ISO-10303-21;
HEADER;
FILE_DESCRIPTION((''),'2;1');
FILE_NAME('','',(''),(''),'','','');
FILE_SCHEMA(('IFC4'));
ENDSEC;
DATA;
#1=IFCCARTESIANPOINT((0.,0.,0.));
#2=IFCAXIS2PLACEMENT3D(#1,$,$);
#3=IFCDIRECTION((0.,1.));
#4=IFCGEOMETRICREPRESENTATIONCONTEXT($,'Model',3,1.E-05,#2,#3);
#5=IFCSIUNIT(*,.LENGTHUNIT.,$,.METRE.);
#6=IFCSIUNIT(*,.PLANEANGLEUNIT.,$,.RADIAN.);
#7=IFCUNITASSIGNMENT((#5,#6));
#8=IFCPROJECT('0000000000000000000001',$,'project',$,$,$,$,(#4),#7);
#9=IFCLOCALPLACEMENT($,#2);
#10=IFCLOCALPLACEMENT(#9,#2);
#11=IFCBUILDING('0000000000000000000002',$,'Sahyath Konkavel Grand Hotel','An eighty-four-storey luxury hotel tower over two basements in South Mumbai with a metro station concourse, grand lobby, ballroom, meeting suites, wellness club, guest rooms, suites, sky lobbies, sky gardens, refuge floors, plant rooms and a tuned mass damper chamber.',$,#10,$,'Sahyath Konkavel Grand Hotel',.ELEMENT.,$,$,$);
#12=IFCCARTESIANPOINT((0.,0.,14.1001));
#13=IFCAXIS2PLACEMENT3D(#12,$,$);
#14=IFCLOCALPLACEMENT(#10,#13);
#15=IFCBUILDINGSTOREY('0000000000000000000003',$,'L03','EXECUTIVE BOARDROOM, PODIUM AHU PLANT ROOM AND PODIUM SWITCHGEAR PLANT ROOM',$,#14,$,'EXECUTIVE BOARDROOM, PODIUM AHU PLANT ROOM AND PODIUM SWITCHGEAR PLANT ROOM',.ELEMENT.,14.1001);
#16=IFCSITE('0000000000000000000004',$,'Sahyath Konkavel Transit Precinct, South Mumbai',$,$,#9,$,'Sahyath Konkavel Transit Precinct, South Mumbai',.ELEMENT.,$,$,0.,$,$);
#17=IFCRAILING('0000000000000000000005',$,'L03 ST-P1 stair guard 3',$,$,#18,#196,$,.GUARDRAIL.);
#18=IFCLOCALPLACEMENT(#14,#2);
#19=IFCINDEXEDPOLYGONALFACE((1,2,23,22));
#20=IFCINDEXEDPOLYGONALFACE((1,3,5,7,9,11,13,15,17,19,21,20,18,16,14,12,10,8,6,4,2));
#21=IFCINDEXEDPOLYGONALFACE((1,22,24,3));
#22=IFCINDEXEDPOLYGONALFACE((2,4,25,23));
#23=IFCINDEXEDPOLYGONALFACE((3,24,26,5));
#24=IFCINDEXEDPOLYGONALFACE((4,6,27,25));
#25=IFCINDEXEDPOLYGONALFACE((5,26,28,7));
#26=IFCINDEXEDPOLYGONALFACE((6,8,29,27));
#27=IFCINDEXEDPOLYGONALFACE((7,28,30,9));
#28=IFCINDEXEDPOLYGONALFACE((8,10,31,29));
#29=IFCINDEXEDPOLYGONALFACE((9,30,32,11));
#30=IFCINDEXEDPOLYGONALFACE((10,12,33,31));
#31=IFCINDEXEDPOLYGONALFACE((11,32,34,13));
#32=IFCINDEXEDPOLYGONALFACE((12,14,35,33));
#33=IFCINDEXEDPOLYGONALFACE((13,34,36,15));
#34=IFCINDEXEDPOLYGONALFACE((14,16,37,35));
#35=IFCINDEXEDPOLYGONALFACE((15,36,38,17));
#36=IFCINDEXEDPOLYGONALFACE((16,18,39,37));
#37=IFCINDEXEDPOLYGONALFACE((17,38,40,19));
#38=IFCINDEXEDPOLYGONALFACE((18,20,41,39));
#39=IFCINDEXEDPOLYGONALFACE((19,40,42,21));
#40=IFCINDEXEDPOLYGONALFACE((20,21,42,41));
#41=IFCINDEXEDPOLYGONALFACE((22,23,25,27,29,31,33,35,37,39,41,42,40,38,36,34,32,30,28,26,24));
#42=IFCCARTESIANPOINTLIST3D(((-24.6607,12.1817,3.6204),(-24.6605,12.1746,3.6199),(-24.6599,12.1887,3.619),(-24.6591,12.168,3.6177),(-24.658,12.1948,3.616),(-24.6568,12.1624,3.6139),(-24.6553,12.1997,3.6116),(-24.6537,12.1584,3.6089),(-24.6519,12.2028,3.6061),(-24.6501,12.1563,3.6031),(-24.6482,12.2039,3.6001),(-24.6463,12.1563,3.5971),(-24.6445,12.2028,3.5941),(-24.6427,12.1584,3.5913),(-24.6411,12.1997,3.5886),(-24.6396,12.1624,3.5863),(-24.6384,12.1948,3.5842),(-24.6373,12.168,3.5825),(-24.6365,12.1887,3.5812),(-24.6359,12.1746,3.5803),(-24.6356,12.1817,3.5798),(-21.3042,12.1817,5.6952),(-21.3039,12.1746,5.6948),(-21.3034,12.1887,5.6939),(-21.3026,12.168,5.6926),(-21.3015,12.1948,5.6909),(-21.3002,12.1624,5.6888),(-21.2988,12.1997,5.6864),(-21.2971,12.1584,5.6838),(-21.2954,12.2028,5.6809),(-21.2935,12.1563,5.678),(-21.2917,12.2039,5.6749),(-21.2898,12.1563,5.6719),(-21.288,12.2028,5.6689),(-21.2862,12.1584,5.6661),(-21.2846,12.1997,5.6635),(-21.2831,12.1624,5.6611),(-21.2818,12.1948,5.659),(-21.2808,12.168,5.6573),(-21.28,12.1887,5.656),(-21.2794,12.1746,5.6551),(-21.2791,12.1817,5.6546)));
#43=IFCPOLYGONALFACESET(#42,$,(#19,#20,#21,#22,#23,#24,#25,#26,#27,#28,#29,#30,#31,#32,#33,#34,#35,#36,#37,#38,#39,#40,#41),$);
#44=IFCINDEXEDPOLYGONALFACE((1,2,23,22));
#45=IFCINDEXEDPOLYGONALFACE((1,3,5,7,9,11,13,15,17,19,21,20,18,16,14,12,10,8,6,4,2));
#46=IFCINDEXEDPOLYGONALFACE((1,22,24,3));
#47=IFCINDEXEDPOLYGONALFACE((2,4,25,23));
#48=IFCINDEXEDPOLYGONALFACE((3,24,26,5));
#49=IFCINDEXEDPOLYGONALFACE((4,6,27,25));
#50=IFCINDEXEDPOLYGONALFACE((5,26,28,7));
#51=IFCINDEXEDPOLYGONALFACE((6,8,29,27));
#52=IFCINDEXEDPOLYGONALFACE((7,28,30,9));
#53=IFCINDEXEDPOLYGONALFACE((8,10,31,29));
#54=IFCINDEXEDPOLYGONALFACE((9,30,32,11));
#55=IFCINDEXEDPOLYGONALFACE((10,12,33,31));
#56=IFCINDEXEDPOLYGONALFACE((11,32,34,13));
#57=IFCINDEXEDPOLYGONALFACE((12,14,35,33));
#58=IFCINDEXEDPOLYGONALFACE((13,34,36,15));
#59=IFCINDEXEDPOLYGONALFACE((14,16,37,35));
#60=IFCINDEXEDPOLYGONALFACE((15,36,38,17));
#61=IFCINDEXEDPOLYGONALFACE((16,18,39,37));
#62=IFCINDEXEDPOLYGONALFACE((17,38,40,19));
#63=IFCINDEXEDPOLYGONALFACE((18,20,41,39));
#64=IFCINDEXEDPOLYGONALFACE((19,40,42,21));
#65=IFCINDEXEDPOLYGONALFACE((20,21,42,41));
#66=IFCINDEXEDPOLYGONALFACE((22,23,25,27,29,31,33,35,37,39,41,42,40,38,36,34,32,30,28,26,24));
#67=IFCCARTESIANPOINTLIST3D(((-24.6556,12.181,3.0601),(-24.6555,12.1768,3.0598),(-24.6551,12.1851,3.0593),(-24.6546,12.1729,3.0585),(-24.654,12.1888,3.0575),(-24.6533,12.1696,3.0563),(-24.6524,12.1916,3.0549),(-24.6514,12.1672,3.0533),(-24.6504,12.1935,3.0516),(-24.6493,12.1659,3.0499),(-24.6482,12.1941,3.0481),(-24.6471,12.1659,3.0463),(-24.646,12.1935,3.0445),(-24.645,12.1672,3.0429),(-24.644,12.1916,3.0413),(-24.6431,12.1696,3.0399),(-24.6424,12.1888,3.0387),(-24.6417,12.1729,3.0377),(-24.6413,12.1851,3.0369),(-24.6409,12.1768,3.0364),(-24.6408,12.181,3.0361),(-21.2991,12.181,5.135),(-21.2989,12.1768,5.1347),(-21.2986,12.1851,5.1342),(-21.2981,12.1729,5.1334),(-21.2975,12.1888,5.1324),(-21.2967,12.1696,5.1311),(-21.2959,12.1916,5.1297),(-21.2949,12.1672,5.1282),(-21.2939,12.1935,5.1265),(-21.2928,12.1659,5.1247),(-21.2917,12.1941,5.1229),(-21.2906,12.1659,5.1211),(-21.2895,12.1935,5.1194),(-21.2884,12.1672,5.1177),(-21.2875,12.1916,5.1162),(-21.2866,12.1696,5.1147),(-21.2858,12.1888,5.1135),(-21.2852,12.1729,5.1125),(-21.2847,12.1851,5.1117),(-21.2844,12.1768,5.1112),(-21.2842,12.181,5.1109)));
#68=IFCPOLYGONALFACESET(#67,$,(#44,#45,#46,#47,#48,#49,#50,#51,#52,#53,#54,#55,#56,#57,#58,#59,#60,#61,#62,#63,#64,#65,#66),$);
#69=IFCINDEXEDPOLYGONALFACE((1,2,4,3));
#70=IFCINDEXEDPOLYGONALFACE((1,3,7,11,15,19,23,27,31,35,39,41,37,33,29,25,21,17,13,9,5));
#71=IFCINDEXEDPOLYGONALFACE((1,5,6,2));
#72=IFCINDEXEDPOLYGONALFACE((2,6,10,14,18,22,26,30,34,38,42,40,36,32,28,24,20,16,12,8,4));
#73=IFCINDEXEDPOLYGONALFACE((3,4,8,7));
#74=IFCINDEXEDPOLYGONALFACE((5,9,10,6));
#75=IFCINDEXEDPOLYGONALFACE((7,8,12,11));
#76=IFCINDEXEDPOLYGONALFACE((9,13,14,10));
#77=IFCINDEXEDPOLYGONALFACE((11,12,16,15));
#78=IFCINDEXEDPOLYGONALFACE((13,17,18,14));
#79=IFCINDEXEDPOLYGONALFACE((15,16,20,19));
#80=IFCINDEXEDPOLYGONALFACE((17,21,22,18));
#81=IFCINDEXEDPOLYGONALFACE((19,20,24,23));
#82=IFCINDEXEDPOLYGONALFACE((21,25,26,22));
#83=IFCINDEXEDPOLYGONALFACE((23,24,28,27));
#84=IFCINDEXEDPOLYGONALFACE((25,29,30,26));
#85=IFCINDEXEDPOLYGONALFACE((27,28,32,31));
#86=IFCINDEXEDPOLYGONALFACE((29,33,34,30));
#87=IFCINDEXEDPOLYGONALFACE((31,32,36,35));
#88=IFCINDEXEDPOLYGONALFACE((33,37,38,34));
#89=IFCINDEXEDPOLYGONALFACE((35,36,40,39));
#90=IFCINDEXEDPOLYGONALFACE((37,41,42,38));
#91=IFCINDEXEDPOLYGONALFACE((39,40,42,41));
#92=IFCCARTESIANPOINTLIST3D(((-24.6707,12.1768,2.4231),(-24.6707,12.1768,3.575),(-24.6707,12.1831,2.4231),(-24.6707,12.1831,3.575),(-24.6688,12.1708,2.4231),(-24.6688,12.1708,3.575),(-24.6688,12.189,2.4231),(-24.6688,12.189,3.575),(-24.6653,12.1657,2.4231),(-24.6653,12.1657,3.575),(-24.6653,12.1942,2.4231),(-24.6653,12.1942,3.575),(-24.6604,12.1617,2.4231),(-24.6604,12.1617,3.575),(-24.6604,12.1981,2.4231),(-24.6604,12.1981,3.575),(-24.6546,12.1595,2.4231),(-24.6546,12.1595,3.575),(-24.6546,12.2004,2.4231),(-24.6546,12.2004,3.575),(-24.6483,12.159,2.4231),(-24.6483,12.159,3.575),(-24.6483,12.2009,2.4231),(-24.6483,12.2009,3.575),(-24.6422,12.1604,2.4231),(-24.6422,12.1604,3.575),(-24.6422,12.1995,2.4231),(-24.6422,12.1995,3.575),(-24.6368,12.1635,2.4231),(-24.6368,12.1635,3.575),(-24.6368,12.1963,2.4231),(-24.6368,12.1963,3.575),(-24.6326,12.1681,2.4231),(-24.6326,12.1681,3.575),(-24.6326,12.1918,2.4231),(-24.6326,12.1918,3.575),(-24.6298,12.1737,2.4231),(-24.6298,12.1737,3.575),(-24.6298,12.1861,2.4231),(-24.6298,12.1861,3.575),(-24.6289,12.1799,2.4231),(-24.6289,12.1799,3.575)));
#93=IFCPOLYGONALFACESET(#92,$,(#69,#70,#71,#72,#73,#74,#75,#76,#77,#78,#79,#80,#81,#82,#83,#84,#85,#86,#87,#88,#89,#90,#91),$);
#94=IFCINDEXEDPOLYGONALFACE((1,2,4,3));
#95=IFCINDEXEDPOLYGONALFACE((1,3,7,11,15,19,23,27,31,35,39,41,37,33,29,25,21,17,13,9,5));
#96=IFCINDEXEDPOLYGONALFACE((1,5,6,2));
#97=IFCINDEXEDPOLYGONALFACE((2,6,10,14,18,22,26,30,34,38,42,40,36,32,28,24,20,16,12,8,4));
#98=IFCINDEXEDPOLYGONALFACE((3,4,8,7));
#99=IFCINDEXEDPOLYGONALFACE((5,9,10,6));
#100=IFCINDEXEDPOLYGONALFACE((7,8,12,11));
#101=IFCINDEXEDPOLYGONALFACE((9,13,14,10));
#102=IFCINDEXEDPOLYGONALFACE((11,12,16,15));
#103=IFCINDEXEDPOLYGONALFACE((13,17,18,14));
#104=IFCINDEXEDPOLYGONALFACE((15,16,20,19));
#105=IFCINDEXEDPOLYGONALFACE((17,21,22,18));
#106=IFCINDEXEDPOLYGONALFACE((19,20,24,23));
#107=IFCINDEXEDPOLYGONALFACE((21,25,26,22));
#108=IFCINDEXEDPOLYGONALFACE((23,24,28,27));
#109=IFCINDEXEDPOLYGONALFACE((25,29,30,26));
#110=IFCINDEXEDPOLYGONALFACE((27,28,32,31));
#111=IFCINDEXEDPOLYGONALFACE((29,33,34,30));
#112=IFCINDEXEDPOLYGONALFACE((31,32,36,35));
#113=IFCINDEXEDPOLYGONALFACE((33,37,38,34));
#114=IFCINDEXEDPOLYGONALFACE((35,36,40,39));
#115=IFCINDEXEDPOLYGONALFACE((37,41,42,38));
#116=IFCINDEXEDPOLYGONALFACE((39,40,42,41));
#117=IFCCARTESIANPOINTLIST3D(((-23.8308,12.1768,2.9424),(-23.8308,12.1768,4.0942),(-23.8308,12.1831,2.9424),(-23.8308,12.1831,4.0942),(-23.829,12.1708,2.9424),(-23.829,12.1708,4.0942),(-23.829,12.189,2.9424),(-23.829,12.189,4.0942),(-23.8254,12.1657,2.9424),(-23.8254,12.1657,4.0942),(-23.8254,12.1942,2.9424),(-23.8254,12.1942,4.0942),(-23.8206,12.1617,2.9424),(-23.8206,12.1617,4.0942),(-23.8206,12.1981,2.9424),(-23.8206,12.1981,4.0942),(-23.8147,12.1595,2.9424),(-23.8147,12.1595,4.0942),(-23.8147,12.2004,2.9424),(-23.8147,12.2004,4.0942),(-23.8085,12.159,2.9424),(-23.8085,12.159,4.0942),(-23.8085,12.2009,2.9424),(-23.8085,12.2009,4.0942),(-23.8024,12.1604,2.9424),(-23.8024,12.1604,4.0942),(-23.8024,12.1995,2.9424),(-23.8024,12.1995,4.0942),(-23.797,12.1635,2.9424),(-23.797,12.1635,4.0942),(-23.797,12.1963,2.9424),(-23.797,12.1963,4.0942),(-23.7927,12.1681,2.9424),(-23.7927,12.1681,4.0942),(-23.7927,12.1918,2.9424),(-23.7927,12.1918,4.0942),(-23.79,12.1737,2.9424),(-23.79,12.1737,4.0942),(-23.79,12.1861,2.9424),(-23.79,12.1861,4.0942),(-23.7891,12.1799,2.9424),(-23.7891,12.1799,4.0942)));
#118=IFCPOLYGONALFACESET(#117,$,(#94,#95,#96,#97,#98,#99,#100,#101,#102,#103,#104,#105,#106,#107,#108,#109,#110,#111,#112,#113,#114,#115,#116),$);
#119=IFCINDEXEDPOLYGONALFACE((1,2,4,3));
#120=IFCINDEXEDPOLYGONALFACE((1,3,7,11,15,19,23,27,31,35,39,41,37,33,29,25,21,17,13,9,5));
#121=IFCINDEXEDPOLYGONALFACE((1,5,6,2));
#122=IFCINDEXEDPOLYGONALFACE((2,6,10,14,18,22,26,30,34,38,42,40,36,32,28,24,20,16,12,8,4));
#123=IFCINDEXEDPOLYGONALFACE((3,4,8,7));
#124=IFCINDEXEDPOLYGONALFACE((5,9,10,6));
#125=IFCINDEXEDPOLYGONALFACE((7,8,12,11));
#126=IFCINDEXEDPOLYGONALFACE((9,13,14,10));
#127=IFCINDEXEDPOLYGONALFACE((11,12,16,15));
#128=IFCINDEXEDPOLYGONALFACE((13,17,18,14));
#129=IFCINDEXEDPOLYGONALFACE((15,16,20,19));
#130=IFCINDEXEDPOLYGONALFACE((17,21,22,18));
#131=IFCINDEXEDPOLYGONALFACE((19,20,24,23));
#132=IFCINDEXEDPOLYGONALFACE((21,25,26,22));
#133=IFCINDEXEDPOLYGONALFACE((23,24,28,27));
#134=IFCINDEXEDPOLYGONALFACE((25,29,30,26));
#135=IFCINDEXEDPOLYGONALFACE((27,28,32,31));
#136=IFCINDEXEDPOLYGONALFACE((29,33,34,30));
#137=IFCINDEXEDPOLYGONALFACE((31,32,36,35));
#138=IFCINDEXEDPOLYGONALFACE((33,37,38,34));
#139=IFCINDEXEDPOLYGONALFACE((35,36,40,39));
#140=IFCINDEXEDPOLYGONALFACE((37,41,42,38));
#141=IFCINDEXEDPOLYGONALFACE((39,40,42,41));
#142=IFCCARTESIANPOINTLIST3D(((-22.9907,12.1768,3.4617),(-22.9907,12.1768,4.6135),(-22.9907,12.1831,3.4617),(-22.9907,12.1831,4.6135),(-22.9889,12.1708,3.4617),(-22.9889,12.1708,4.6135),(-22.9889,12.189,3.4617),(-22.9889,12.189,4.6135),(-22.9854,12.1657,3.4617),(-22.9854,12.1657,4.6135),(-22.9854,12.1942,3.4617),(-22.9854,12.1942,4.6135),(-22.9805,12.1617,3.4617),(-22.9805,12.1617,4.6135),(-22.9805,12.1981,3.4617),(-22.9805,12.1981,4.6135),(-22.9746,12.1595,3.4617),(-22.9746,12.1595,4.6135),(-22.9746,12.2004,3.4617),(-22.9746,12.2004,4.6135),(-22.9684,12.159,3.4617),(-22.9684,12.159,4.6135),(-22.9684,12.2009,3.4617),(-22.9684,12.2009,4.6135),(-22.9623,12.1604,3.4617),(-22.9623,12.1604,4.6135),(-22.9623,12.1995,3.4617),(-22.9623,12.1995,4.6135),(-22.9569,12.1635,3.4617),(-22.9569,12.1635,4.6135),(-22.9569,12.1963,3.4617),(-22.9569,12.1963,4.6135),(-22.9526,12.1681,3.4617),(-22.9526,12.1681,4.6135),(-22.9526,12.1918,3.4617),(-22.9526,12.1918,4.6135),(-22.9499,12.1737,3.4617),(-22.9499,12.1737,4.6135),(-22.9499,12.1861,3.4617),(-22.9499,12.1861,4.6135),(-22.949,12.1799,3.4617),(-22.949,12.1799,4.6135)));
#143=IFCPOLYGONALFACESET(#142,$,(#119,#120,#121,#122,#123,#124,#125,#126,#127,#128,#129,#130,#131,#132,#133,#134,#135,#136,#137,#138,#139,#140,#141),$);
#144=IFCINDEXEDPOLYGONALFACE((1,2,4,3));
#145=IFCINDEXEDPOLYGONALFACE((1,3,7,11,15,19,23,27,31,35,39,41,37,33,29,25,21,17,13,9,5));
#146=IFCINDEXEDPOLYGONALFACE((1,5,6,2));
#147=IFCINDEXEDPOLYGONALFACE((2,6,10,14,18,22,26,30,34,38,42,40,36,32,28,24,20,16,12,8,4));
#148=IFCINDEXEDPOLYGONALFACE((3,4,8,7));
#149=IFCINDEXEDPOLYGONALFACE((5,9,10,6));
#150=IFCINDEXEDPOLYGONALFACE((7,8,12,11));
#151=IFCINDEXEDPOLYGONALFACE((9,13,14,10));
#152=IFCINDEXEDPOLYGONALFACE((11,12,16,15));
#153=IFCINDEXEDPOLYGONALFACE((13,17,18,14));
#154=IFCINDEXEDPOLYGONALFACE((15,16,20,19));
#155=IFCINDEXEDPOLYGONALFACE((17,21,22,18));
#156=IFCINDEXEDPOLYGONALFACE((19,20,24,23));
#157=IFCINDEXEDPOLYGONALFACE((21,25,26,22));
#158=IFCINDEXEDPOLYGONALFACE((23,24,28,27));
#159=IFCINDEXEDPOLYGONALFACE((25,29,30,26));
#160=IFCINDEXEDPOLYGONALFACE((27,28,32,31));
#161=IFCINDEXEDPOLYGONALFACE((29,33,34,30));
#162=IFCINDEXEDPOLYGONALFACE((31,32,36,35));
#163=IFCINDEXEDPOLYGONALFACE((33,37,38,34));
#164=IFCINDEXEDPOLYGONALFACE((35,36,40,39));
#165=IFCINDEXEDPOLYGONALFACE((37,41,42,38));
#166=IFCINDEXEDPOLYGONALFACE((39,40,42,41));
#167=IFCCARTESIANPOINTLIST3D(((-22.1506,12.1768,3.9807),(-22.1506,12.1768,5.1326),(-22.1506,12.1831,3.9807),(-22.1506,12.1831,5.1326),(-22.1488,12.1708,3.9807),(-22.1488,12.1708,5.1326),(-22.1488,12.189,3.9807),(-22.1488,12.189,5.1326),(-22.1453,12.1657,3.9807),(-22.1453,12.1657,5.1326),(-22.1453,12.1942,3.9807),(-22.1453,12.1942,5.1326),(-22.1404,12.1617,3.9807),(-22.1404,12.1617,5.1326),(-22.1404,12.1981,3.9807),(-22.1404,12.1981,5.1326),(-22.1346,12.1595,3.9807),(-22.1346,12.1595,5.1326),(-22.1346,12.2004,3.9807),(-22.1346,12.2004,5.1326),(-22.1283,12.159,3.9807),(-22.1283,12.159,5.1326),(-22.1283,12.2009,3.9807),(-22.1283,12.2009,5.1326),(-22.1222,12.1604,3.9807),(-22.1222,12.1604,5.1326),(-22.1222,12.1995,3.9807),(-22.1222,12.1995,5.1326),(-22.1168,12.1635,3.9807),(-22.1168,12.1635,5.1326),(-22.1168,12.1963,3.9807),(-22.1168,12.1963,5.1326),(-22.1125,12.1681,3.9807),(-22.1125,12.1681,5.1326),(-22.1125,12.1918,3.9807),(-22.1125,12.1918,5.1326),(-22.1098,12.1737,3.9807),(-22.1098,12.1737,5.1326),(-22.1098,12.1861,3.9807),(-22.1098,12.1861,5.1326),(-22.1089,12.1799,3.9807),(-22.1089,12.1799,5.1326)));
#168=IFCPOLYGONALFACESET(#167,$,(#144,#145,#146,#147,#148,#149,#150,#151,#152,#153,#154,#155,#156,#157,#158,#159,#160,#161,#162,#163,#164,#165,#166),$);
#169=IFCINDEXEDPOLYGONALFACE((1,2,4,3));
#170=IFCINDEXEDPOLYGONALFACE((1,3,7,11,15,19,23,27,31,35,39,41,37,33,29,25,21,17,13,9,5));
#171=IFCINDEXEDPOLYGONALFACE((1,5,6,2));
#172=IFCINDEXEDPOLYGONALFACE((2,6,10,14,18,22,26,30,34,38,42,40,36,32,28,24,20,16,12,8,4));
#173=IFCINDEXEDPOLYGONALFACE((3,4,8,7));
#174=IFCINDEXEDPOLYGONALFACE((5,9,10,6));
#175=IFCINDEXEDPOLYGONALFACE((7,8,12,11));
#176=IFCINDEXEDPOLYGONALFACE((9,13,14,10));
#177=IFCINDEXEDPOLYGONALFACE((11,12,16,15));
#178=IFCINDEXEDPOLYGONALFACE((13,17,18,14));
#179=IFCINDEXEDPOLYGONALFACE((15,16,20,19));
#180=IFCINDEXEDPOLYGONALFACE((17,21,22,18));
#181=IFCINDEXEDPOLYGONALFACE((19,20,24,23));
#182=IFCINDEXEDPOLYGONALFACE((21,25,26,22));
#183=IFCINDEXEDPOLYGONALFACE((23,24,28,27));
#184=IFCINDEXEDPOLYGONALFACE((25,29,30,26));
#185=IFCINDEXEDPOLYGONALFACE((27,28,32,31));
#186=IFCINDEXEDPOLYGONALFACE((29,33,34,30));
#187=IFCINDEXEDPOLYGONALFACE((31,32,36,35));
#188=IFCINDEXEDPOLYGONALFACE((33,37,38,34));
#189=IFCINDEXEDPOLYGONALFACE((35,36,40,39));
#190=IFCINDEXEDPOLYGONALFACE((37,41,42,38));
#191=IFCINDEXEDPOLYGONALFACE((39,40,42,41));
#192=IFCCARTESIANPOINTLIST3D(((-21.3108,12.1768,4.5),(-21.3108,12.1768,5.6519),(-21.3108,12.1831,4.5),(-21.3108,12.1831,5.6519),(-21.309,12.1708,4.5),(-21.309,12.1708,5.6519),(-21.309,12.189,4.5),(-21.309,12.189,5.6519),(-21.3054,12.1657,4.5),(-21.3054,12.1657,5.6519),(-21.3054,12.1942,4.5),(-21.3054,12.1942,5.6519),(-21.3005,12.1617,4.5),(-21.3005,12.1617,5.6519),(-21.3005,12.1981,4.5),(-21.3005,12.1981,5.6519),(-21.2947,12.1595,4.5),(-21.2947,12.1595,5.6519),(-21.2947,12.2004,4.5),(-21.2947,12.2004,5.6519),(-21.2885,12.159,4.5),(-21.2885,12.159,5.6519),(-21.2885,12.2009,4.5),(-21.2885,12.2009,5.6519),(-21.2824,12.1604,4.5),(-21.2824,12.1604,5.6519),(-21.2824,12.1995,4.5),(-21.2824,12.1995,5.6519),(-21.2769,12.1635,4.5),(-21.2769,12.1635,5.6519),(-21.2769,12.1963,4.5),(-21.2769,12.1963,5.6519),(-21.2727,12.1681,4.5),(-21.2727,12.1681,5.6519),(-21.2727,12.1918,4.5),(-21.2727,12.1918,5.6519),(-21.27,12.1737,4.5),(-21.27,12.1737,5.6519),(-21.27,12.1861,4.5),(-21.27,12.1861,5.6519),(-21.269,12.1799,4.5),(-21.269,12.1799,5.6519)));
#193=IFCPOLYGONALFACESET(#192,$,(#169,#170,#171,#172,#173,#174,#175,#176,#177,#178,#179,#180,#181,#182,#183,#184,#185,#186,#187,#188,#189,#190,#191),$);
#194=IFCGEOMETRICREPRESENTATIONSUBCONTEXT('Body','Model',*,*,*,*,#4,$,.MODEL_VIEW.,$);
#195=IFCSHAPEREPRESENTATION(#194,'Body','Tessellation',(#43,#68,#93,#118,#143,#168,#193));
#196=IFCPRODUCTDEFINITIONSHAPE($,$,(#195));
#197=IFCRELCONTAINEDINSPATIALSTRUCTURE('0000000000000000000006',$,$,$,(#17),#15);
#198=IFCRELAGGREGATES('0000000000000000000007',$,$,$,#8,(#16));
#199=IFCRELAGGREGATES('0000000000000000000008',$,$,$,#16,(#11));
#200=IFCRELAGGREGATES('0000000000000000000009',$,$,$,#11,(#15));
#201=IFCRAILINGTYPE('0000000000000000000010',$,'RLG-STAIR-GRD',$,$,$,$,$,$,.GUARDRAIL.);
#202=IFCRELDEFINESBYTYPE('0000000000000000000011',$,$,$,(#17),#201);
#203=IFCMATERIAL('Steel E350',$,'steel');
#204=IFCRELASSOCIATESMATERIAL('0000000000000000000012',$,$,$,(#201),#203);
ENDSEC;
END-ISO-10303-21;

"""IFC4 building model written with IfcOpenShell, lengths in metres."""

from ifc_helpers import new_model, si_unit, direction, frame, origin, origin_2d, place, context, subcontext, project, spatial, circle, extrude, material, type_object, element, save


model = new_model("IFC4")

# Units and contexts
model_context = context("Model", 3, precision=1e-05, world=origin(), true_north=direction((0.0, 1.0)))
body_context = subcontext(model_context, "Body", "Model", "MODEL_VIEW")
ifc_project = project(units=[si_unit("LENGTHUNIT", "METRE"), si_unit("PLANEANGLEUNIT", "RADIAN")], contexts=[model_context])

# Site, building, storey
site_placement = place(None, origin())
site = spatial("IfcSite", under=ifc_project, at=site_placement, Name="Sahyath Konkavel Transit Precinct, South Mumbai", LongName="Sahyath Konkavel Transit Precinct, South Mumbai", CompositionType="ELEMENT", RefElevation=0.0)
building_placement = place(site_placement, origin())
building = spatial("IfcBuilding", under=site, at=building_placement, Name="Sahyath Konkavel Grand Hotel", Description="An eighty-four-storey luxury hotel tower over two basements in South Mumbai with a metro station concourse, grand lobby, ballroom, meeting suites, wellness club, guest rooms, suites, sky lobbies, sky gardens, refuge floors, plant rooms and a tuned mass damper chamber.", LongName="Sahyath Konkavel Grand Hotel", CompositionType="ELEMENT")
storey_placement = place(building_placement, frame((0.0, 0.0, 14.1001)))
storey = spatial("IfcBuildingStorey", under=building, at=storey_placement, Name="L03", Description="EXECUTIVE BOARDROOM, PODIUM AHU PLANT ROOM AND PODIUM SWITCHGEAR PLANT ROOM", LongName="EXECUTIVE BOARDROOM, PODIUM AHU PLANT ROOM AND PODIUM SWITCHGEAR PLANT ROOM", CompositionType="ELEMENT", Elevation=14.1001)

# Shared definitions
ifc_material_1 = material(Name="Steel E350", Category="steel")

# Railing
railing_type_1 = type_object("IfcRailingType", Name="RLG-STAIR-GRD", PredefinedType="GUARDRAIL", material=ifc_material_1)
railing_1_placement = place(storey_placement, frame((-24.6499, 12.1799, 2.4231)))
element("IfcRailing", 1, at=railing_1_placement, inside=storey, type_object=railing_type_1, Name="L03 ST-P1 stair guard 3", PredefinedType="GUARDRAIL", context=body_context, shape_type="SweptSolid", body=[
    extrude(circle(Radius=0.0239, at=origin_2d()), frame((0.0017, 0.0, 1.177), z_axis=(0.850606, 0.0, 0.525803), x_axis=(0.0, 1.0, 0.0)), (0.0, 0.0, 1.0), 3.946),
    extrude(circle(Radius=0.0142, at=origin_2d()), frame((0.0017, 0.0, 0.625), z_axis=(0.850606, 0.0, 0.525803), x_axis=(0.0, 1.0, 0.0)), (0.0, 0.0, 1.0), 3.946),
    extrude(circle(Radius=0.021, at=origin_2d()), origin(), (0.0, 0.0, 1.0), 1.1519),
    extrude(circle(Radius=0.021, at=origin_2d()), frame((0.8398, 0.0, 0.5193)), (0.0, 0.0, 1.0), 1.1519),
    extrude(circle(Radius=0.021, at=origin_2d()), frame((1.6799, 0.0, 1.0386)), (0.0, 0.0, 1.0), 1.1519),
    extrude(circle(Radius=0.021, at=origin_2d()), frame((2.52, 0.0, 1.5576)), (0.0, 0.0, 1.0), 1.1519),
    extrude(circle(Radius=0.021, at=origin_2d()), frame((3.3599, 0.0, 2.0769)), (0.0, 0.0, 1.0), 1.1519),
])

save(model, "model.ifc")
